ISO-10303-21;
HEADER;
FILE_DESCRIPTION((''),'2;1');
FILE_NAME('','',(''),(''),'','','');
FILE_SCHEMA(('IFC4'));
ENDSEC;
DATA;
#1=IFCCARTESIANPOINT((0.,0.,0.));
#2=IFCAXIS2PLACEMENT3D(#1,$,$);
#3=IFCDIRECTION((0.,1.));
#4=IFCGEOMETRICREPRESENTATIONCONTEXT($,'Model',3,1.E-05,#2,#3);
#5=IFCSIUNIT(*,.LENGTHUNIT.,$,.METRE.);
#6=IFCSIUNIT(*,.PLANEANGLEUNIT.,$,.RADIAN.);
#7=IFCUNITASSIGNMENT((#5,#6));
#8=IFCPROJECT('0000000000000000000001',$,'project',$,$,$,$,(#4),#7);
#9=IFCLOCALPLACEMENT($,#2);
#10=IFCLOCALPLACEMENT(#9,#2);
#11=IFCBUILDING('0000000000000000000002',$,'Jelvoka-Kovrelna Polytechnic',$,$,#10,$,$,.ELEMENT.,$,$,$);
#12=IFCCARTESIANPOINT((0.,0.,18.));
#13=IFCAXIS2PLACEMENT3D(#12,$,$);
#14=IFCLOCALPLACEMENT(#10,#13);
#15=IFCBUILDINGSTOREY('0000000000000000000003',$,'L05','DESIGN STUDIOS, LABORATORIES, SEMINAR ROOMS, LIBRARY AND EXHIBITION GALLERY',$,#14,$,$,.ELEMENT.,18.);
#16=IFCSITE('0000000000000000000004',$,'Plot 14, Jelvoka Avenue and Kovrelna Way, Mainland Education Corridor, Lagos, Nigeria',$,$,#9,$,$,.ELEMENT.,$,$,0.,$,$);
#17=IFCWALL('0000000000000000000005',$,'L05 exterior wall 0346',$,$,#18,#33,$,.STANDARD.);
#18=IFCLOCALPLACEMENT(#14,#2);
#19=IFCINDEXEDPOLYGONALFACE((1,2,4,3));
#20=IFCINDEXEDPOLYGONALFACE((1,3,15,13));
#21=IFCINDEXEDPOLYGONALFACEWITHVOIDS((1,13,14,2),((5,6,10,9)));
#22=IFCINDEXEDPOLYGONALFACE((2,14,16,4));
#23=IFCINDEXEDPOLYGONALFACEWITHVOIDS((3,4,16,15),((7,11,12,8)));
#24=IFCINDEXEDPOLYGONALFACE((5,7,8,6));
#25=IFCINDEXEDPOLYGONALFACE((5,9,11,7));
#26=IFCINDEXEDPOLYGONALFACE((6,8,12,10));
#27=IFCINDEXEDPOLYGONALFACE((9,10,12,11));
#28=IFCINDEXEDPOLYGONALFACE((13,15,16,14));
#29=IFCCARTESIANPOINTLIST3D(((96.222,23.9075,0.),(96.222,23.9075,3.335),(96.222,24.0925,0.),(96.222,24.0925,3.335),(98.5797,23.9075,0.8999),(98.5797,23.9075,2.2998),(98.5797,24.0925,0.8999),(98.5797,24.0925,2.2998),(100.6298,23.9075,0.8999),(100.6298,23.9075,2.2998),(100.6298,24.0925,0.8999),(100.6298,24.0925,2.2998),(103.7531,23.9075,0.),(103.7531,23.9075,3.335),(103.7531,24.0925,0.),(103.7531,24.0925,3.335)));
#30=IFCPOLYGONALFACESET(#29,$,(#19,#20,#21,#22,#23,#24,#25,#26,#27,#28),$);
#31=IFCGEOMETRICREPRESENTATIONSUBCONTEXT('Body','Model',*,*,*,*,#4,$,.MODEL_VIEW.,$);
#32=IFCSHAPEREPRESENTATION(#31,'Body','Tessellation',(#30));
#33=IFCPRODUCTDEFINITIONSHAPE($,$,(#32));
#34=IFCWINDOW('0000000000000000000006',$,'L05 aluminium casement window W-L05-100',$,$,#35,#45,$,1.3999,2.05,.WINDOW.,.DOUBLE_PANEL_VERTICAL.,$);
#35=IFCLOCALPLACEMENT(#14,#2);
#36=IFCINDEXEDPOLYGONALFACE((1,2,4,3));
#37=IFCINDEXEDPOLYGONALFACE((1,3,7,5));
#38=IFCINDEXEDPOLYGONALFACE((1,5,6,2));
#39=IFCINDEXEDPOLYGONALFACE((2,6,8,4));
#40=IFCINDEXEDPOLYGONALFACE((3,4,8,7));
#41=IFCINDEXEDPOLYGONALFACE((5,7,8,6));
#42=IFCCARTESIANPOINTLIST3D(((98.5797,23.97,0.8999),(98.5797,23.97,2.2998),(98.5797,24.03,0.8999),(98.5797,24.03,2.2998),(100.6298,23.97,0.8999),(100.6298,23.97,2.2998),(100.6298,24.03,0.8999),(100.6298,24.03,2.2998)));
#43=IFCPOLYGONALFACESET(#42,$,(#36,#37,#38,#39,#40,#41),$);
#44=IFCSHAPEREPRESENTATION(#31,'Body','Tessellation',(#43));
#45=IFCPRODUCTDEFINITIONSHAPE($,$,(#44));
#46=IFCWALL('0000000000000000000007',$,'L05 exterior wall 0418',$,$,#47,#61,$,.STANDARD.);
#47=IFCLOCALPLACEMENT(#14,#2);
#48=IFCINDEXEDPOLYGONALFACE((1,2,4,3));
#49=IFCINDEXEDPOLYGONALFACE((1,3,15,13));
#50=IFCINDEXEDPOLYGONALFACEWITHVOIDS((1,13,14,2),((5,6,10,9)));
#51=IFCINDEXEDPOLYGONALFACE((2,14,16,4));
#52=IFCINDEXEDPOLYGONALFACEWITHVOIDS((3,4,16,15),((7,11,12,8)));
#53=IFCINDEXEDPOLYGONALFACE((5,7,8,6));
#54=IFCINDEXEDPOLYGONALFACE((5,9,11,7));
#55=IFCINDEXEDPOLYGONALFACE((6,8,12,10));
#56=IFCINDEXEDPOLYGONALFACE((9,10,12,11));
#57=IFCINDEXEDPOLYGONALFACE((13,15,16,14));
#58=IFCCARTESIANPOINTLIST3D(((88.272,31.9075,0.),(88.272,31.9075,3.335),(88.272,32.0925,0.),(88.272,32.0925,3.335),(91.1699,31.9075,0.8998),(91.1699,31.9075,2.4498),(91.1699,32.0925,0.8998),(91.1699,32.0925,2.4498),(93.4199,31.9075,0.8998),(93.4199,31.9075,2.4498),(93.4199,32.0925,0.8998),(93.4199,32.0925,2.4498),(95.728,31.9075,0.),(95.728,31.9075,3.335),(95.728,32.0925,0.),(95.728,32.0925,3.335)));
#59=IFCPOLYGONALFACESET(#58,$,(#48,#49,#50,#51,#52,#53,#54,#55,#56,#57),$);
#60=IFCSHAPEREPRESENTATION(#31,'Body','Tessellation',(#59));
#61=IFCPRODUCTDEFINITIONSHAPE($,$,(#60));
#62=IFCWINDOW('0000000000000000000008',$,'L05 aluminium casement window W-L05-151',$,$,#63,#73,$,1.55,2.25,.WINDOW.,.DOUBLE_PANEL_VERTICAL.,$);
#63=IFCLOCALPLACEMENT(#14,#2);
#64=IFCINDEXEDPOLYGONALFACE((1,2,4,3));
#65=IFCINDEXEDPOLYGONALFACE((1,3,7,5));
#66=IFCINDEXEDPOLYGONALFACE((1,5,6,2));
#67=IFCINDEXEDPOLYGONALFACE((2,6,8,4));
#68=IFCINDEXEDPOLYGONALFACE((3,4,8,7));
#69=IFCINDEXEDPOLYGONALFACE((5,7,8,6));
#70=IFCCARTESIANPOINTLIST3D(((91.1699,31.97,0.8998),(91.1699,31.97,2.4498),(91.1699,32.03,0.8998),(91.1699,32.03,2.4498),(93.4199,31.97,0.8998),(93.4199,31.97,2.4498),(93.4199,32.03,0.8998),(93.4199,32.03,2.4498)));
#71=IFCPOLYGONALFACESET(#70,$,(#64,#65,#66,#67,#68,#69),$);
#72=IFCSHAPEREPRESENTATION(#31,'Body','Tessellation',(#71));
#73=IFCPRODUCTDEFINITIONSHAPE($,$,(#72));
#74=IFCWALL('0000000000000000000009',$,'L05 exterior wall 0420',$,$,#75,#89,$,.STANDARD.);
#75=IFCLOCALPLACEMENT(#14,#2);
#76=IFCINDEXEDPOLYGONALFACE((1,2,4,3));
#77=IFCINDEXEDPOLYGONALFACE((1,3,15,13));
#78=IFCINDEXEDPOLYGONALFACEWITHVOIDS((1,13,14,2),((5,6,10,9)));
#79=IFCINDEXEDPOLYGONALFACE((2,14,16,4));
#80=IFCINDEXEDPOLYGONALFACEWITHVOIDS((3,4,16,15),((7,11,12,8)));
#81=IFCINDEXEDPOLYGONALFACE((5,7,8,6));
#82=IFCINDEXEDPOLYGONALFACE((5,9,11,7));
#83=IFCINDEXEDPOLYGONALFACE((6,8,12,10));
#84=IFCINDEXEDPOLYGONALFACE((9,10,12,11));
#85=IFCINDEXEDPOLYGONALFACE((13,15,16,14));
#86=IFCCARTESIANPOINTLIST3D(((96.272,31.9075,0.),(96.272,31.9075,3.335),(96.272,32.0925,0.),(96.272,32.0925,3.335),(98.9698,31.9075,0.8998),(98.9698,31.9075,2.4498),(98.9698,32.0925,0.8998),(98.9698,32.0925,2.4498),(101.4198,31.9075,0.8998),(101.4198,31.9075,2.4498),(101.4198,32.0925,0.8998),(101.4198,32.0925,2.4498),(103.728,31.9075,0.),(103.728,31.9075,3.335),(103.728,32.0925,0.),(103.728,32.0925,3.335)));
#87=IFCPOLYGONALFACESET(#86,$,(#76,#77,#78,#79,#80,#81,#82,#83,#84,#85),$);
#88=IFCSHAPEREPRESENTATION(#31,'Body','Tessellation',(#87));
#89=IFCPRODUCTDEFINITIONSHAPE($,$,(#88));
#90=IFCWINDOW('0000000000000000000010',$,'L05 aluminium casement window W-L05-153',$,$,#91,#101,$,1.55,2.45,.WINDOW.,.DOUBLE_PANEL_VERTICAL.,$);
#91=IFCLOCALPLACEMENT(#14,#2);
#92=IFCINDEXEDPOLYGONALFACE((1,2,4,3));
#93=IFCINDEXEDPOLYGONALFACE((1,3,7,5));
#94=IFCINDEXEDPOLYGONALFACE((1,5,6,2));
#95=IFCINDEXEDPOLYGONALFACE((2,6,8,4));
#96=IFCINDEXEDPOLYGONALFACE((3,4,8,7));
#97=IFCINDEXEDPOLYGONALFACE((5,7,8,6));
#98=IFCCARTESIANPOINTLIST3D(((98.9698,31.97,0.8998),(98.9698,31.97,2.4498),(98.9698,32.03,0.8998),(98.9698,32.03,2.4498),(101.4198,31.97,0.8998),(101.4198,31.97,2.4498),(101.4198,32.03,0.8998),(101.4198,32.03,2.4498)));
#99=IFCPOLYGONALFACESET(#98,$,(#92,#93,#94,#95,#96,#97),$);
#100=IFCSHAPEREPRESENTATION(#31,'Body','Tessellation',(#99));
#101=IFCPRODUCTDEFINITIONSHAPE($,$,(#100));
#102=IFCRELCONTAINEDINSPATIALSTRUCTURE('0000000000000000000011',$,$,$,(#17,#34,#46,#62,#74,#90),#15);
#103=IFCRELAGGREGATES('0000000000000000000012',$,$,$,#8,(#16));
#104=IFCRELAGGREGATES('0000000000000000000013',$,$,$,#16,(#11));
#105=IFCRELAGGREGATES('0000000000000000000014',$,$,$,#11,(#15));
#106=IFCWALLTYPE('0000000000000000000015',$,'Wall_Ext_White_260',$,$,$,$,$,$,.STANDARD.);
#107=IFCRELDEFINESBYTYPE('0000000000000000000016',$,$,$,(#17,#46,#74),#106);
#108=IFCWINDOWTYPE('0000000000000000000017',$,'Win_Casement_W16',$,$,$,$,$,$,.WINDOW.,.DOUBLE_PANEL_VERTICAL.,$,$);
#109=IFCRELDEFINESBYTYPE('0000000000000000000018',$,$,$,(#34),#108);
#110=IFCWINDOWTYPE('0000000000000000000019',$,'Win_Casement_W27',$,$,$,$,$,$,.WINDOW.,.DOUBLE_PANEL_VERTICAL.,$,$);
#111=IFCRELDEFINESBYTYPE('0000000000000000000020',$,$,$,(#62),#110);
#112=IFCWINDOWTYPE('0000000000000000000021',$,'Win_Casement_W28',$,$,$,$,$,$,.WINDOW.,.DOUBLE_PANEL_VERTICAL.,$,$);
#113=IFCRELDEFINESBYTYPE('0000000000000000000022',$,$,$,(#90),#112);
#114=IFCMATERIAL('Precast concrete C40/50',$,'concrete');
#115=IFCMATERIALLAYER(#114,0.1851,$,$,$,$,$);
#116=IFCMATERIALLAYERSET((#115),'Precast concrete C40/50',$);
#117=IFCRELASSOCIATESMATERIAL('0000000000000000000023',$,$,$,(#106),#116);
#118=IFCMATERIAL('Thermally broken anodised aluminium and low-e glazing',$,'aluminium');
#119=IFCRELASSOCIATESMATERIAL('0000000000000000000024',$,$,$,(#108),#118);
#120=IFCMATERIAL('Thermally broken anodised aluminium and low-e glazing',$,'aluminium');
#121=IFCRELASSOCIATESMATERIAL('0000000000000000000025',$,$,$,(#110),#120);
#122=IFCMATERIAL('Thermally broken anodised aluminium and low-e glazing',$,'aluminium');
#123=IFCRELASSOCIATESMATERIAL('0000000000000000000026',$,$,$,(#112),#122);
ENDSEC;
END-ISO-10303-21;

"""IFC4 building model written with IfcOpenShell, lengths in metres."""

from ifc_helpers import new_model, si_unit, direction, frame, frame_2d, origin, place, context, subcontext, project, spatial, rectangle, extrude, material, layer, layer_set, type_object, element, fill, save


model = new_model("IFC4")

# Units and contexts
model_context = context("Model", 3, precision=1e-05, world=origin(), true_north=direction((0.0, 1.0)))
body_context = subcontext(model_context, "Body", "Model", "MODEL_VIEW")
ifc_project = project(units=[si_unit("LENGTHUNIT", "METRE"), si_unit("PLANEANGLEUNIT", "RADIAN")], contexts=[model_context])

# Site, building, storey
site_placement = place(None, origin())
site = spatial("IfcSite", under=ifc_project, at=site_placement, Name="Plot 14, Jelvoka Avenue and Kovrelna Way, Mainland Education Corridor, Lagos, Nigeria", CompositionType="ELEMENT", RefElevation=0.0)
building_placement = place(site_placement, origin())
building = spatial("IfcBuilding", under=site, at=building_placement, Name="Jelvoka-Kovrelna Polytechnic", CompositionType="ELEMENT")
storey_placement = place(building_placement, frame((0.0, 0.0, 18.0)))
storey = spatial("IfcBuildingStorey", under=building, at=storey_placement, Name="L05", Description="DESIGN STUDIOS, LABORATORIES, SEMINAR ROOMS, LIBRARY AND EXHIBITION GALLERY", CompositionType="ELEMENT", Elevation=18.0)

# Walls, openings, windows
ifc_material_1 = material(Name="Precast concrete C40/50", Category="concrete")
ifc_layer = layer(ifc_material_1, 0.1851)
ifc_layer_set = layer_set([ifc_layer], Name="Precast concrete C40/50")
wall_type = type_object("IfcWallType", Name="Wall_Ext_White_260", PredefinedType="STANDARD", material=ifc_layer_set)
wall_1_placement = place(storey_placement, frame((96.2219, 24.0, 0.0), z_axis=(0.0, 0.0, 1.0), x_axis=(1.0, 0.0, 0.0)))
wall_1 = element("IfcWall", 1, at=wall_1_placement, inside=storey, type_object=wall_type, Name="L05 exterior wall 0346", PredefinedType="STANDARD", context=body_context, shape_type="SweptSolid", body=[
    extrude(rectangle(XDim=7.531, YDim=0.1851, at=frame_2d((3.7656, 0.0))), origin(), (0.0, 0.0, 1.0), 3.335),
])
opening_1_placement = place(wall_1_placement, frame((2.3579, 0.0, 0.8999)))
opening_1 = element("IfcOpeningElement", 2, at=opening_1_placement, cuts=wall_1, PredefinedType="OPENING", context=body_context, shape_type="SweptSolid", body=[
    extrude(rectangle(XDim=2.05, YDim=1.3999, at=frame_2d((1.0249, 0.7))), frame((0.0, 0.1025, 0.0), z_axis=(0.0, -1.0, 0.0), x_axis=(1.0, 0.0, 0.0)), (0.0, 0.0, 1.0), 0.2051),
])
ifc_material_2 = material(Name="Thermally broken anodised aluminium and low-e glazing", Category="aluminium")
window_type_1 = type_object("IfcWindowType", Name="Win_Casement_W16", PartitioningType="DOUBLE_PANEL_VERTICAL", PredefinedType="WINDOW", material=ifc_material_2)
window_1_placement = place(opening_1_placement, origin())
window_1 = element("IfcWindow", 3, at=window_1_placement, inside=storey, type_object=window_type_1, Name="L05 aluminium casement window W-L05-100", OverallHeight=1.3999, OverallWidth=2.05, PartitioningType="DOUBLE_PANEL_VERTICAL", PredefinedType="WINDOW", context=body_context, shape_type="SweptSolid", body=[
    extrude(rectangle(XDim=2.05, YDim=1.3999, at=frame_2d((1.0249, 0.7))), frame((0.0, 0.03, 0.0), z_axis=(0.0, -1.0, 0.0), x_axis=(1.0, 0.0, 0.0)), (0.0, 0.0, 1.0), 0.0601),
])
fill(opening_1, window_1)
wall_2_placement = place(storey_placement, frame((95.728, 32.0, 0.0), z_axis=(0.0, 0.0, 1.0), x_axis=(-1.0, 0.0, 0.0)))
wall_2 = element("IfcWall", 4, at=wall_2_placement, inside=storey, type_object=wall_type, Name="L05 exterior wall 0418", PredefinedType="STANDARD", context=body_context, shape_type="SweptSolid", body=[
    extrude(rectangle(XDim=7.4561, YDim=0.1851, at=frame_2d((3.728, 0.0))), origin(), (0.0, 0.0, 1.0), 3.335),
])
opening_2_placement = place(wall_2_placement, frame((2.3081, 0.0, 0.8999)))
opening_2 = element("IfcOpeningElement", 5, at=opening_2_placement, cuts=wall_2, PredefinedType="OPENING", context=body_context, shape_type="SweptSolid", body=[
    extrude(rectangle(XDim=2.25, YDim=1.55, at=frame_2d((1.125, 0.7749))), frame((0.0, 0.1025, 0.0), z_axis=(0.0, -1.0, 0.0), x_axis=(1.0, 0.0, 0.0)), (0.0, 0.0, 1.0), 0.2051),
])
ifc_material_3 = material(Name="Thermally broken anodised aluminium and low-e glazing", Category="aluminium")
window_type_2 = type_object("IfcWindowType", Name="Win_Casement_W27", PartitioningType="DOUBLE_PANEL_VERTICAL", PredefinedType="WINDOW", material=ifc_material_3)
window_2_placement = place(opening_2_placement, origin())
window_2 = element("IfcWindow", 6, at=window_2_placement, inside=storey, type_object=window_type_2, Name="L05 aluminium casement window W-L05-151", OverallHeight=1.55, OverallWidth=2.25, PartitioningType="DOUBLE_PANEL_VERTICAL", PredefinedType="WINDOW", context=body_context, shape_type="SweptSolid", body=[
    extrude(rectangle(XDim=2.25, YDim=1.55, at=frame_2d((1.125, 0.7749))), frame((0.0, 0.03, 0.0), z_axis=(0.0, -1.0, 0.0), x_axis=(1.0, 0.0, 0.0)), (0.0, 0.0, 1.0), 0.0601),
])
fill(opening_2, window_2)
wall_3_placement = place(storey_placement, frame((103.728, 32.0, 0.0), z_axis=(0.0, 0.0, 1.0), x_axis=(-1.0, 0.0, 0.0)))
wall_3 = element("IfcWall", 7, at=wall_3_placement, inside=storey, type_object=wall_type, Name="L05 exterior wall 0420", PredefinedType="STANDARD", context=body_context, shape_type="SweptSolid", body=[
    extrude(rectangle(XDim=7.4561, YDim=0.1851, at=frame_2d((3.728, 0.0))), origin(), (0.0, 0.0, 1.0), 3.335),
])
opening_3_placement = place(wall_3_placement, frame((2.3081, 0.0, 0.8999)))
opening_3 = element("IfcOpeningElement", 8, at=opening_3_placement, cuts=wall_3, PredefinedType="OPENING", context=body_context, shape_type="SweptSolid", body=[
    extrude(rectangle(XDim=2.45, YDim=1.55, at=frame_2d((1.2251, 0.7749))), frame((0.0, 0.1025, 0.0), z_axis=(0.0, -1.0, 0.0), x_axis=(1.0, 0.0, 0.0)), (0.0, 0.0, 1.0), 0.2051),
])
ifc_material_4 = material(Name="Thermally broken anodised aluminium and low-e glazing", Category="aluminium")
window_type_3 = type_object("IfcWindowType", Name="Win_Casement_W28", PartitioningType="DOUBLE_PANEL_VERTICAL", PredefinedType="WINDOW", material=ifc_material_4)
window_3_placement = place(opening_3_placement, origin())
window_3 = element("IfcWindow", 9, at=window_3_placement, inside=storey, type_object=window_type_3, Name="L05 aluminium casement window W-L05-153", OverallHeight=1.55, OverallWidth=2.45, PartitioningType="DOUBLE_PANEL_VERTICAL", PredefinedType="WINDOW", context=body_context, shape_type="SweptSolid", body=[
    extrude(rectangle(XDim=2.45, YDim=1.55, at=frame_2d((1.2251, 0.7749))), frame((0.0, 0.03, 0.0), z_axis=(0.0, -1.0, 0.0), x_axis=(1.0, 0.0, 0.0)), (0.0, 0.0, 1.0), 0.0601),
])
fill(opening_3, window_3)

save(model, "model.ifc")
